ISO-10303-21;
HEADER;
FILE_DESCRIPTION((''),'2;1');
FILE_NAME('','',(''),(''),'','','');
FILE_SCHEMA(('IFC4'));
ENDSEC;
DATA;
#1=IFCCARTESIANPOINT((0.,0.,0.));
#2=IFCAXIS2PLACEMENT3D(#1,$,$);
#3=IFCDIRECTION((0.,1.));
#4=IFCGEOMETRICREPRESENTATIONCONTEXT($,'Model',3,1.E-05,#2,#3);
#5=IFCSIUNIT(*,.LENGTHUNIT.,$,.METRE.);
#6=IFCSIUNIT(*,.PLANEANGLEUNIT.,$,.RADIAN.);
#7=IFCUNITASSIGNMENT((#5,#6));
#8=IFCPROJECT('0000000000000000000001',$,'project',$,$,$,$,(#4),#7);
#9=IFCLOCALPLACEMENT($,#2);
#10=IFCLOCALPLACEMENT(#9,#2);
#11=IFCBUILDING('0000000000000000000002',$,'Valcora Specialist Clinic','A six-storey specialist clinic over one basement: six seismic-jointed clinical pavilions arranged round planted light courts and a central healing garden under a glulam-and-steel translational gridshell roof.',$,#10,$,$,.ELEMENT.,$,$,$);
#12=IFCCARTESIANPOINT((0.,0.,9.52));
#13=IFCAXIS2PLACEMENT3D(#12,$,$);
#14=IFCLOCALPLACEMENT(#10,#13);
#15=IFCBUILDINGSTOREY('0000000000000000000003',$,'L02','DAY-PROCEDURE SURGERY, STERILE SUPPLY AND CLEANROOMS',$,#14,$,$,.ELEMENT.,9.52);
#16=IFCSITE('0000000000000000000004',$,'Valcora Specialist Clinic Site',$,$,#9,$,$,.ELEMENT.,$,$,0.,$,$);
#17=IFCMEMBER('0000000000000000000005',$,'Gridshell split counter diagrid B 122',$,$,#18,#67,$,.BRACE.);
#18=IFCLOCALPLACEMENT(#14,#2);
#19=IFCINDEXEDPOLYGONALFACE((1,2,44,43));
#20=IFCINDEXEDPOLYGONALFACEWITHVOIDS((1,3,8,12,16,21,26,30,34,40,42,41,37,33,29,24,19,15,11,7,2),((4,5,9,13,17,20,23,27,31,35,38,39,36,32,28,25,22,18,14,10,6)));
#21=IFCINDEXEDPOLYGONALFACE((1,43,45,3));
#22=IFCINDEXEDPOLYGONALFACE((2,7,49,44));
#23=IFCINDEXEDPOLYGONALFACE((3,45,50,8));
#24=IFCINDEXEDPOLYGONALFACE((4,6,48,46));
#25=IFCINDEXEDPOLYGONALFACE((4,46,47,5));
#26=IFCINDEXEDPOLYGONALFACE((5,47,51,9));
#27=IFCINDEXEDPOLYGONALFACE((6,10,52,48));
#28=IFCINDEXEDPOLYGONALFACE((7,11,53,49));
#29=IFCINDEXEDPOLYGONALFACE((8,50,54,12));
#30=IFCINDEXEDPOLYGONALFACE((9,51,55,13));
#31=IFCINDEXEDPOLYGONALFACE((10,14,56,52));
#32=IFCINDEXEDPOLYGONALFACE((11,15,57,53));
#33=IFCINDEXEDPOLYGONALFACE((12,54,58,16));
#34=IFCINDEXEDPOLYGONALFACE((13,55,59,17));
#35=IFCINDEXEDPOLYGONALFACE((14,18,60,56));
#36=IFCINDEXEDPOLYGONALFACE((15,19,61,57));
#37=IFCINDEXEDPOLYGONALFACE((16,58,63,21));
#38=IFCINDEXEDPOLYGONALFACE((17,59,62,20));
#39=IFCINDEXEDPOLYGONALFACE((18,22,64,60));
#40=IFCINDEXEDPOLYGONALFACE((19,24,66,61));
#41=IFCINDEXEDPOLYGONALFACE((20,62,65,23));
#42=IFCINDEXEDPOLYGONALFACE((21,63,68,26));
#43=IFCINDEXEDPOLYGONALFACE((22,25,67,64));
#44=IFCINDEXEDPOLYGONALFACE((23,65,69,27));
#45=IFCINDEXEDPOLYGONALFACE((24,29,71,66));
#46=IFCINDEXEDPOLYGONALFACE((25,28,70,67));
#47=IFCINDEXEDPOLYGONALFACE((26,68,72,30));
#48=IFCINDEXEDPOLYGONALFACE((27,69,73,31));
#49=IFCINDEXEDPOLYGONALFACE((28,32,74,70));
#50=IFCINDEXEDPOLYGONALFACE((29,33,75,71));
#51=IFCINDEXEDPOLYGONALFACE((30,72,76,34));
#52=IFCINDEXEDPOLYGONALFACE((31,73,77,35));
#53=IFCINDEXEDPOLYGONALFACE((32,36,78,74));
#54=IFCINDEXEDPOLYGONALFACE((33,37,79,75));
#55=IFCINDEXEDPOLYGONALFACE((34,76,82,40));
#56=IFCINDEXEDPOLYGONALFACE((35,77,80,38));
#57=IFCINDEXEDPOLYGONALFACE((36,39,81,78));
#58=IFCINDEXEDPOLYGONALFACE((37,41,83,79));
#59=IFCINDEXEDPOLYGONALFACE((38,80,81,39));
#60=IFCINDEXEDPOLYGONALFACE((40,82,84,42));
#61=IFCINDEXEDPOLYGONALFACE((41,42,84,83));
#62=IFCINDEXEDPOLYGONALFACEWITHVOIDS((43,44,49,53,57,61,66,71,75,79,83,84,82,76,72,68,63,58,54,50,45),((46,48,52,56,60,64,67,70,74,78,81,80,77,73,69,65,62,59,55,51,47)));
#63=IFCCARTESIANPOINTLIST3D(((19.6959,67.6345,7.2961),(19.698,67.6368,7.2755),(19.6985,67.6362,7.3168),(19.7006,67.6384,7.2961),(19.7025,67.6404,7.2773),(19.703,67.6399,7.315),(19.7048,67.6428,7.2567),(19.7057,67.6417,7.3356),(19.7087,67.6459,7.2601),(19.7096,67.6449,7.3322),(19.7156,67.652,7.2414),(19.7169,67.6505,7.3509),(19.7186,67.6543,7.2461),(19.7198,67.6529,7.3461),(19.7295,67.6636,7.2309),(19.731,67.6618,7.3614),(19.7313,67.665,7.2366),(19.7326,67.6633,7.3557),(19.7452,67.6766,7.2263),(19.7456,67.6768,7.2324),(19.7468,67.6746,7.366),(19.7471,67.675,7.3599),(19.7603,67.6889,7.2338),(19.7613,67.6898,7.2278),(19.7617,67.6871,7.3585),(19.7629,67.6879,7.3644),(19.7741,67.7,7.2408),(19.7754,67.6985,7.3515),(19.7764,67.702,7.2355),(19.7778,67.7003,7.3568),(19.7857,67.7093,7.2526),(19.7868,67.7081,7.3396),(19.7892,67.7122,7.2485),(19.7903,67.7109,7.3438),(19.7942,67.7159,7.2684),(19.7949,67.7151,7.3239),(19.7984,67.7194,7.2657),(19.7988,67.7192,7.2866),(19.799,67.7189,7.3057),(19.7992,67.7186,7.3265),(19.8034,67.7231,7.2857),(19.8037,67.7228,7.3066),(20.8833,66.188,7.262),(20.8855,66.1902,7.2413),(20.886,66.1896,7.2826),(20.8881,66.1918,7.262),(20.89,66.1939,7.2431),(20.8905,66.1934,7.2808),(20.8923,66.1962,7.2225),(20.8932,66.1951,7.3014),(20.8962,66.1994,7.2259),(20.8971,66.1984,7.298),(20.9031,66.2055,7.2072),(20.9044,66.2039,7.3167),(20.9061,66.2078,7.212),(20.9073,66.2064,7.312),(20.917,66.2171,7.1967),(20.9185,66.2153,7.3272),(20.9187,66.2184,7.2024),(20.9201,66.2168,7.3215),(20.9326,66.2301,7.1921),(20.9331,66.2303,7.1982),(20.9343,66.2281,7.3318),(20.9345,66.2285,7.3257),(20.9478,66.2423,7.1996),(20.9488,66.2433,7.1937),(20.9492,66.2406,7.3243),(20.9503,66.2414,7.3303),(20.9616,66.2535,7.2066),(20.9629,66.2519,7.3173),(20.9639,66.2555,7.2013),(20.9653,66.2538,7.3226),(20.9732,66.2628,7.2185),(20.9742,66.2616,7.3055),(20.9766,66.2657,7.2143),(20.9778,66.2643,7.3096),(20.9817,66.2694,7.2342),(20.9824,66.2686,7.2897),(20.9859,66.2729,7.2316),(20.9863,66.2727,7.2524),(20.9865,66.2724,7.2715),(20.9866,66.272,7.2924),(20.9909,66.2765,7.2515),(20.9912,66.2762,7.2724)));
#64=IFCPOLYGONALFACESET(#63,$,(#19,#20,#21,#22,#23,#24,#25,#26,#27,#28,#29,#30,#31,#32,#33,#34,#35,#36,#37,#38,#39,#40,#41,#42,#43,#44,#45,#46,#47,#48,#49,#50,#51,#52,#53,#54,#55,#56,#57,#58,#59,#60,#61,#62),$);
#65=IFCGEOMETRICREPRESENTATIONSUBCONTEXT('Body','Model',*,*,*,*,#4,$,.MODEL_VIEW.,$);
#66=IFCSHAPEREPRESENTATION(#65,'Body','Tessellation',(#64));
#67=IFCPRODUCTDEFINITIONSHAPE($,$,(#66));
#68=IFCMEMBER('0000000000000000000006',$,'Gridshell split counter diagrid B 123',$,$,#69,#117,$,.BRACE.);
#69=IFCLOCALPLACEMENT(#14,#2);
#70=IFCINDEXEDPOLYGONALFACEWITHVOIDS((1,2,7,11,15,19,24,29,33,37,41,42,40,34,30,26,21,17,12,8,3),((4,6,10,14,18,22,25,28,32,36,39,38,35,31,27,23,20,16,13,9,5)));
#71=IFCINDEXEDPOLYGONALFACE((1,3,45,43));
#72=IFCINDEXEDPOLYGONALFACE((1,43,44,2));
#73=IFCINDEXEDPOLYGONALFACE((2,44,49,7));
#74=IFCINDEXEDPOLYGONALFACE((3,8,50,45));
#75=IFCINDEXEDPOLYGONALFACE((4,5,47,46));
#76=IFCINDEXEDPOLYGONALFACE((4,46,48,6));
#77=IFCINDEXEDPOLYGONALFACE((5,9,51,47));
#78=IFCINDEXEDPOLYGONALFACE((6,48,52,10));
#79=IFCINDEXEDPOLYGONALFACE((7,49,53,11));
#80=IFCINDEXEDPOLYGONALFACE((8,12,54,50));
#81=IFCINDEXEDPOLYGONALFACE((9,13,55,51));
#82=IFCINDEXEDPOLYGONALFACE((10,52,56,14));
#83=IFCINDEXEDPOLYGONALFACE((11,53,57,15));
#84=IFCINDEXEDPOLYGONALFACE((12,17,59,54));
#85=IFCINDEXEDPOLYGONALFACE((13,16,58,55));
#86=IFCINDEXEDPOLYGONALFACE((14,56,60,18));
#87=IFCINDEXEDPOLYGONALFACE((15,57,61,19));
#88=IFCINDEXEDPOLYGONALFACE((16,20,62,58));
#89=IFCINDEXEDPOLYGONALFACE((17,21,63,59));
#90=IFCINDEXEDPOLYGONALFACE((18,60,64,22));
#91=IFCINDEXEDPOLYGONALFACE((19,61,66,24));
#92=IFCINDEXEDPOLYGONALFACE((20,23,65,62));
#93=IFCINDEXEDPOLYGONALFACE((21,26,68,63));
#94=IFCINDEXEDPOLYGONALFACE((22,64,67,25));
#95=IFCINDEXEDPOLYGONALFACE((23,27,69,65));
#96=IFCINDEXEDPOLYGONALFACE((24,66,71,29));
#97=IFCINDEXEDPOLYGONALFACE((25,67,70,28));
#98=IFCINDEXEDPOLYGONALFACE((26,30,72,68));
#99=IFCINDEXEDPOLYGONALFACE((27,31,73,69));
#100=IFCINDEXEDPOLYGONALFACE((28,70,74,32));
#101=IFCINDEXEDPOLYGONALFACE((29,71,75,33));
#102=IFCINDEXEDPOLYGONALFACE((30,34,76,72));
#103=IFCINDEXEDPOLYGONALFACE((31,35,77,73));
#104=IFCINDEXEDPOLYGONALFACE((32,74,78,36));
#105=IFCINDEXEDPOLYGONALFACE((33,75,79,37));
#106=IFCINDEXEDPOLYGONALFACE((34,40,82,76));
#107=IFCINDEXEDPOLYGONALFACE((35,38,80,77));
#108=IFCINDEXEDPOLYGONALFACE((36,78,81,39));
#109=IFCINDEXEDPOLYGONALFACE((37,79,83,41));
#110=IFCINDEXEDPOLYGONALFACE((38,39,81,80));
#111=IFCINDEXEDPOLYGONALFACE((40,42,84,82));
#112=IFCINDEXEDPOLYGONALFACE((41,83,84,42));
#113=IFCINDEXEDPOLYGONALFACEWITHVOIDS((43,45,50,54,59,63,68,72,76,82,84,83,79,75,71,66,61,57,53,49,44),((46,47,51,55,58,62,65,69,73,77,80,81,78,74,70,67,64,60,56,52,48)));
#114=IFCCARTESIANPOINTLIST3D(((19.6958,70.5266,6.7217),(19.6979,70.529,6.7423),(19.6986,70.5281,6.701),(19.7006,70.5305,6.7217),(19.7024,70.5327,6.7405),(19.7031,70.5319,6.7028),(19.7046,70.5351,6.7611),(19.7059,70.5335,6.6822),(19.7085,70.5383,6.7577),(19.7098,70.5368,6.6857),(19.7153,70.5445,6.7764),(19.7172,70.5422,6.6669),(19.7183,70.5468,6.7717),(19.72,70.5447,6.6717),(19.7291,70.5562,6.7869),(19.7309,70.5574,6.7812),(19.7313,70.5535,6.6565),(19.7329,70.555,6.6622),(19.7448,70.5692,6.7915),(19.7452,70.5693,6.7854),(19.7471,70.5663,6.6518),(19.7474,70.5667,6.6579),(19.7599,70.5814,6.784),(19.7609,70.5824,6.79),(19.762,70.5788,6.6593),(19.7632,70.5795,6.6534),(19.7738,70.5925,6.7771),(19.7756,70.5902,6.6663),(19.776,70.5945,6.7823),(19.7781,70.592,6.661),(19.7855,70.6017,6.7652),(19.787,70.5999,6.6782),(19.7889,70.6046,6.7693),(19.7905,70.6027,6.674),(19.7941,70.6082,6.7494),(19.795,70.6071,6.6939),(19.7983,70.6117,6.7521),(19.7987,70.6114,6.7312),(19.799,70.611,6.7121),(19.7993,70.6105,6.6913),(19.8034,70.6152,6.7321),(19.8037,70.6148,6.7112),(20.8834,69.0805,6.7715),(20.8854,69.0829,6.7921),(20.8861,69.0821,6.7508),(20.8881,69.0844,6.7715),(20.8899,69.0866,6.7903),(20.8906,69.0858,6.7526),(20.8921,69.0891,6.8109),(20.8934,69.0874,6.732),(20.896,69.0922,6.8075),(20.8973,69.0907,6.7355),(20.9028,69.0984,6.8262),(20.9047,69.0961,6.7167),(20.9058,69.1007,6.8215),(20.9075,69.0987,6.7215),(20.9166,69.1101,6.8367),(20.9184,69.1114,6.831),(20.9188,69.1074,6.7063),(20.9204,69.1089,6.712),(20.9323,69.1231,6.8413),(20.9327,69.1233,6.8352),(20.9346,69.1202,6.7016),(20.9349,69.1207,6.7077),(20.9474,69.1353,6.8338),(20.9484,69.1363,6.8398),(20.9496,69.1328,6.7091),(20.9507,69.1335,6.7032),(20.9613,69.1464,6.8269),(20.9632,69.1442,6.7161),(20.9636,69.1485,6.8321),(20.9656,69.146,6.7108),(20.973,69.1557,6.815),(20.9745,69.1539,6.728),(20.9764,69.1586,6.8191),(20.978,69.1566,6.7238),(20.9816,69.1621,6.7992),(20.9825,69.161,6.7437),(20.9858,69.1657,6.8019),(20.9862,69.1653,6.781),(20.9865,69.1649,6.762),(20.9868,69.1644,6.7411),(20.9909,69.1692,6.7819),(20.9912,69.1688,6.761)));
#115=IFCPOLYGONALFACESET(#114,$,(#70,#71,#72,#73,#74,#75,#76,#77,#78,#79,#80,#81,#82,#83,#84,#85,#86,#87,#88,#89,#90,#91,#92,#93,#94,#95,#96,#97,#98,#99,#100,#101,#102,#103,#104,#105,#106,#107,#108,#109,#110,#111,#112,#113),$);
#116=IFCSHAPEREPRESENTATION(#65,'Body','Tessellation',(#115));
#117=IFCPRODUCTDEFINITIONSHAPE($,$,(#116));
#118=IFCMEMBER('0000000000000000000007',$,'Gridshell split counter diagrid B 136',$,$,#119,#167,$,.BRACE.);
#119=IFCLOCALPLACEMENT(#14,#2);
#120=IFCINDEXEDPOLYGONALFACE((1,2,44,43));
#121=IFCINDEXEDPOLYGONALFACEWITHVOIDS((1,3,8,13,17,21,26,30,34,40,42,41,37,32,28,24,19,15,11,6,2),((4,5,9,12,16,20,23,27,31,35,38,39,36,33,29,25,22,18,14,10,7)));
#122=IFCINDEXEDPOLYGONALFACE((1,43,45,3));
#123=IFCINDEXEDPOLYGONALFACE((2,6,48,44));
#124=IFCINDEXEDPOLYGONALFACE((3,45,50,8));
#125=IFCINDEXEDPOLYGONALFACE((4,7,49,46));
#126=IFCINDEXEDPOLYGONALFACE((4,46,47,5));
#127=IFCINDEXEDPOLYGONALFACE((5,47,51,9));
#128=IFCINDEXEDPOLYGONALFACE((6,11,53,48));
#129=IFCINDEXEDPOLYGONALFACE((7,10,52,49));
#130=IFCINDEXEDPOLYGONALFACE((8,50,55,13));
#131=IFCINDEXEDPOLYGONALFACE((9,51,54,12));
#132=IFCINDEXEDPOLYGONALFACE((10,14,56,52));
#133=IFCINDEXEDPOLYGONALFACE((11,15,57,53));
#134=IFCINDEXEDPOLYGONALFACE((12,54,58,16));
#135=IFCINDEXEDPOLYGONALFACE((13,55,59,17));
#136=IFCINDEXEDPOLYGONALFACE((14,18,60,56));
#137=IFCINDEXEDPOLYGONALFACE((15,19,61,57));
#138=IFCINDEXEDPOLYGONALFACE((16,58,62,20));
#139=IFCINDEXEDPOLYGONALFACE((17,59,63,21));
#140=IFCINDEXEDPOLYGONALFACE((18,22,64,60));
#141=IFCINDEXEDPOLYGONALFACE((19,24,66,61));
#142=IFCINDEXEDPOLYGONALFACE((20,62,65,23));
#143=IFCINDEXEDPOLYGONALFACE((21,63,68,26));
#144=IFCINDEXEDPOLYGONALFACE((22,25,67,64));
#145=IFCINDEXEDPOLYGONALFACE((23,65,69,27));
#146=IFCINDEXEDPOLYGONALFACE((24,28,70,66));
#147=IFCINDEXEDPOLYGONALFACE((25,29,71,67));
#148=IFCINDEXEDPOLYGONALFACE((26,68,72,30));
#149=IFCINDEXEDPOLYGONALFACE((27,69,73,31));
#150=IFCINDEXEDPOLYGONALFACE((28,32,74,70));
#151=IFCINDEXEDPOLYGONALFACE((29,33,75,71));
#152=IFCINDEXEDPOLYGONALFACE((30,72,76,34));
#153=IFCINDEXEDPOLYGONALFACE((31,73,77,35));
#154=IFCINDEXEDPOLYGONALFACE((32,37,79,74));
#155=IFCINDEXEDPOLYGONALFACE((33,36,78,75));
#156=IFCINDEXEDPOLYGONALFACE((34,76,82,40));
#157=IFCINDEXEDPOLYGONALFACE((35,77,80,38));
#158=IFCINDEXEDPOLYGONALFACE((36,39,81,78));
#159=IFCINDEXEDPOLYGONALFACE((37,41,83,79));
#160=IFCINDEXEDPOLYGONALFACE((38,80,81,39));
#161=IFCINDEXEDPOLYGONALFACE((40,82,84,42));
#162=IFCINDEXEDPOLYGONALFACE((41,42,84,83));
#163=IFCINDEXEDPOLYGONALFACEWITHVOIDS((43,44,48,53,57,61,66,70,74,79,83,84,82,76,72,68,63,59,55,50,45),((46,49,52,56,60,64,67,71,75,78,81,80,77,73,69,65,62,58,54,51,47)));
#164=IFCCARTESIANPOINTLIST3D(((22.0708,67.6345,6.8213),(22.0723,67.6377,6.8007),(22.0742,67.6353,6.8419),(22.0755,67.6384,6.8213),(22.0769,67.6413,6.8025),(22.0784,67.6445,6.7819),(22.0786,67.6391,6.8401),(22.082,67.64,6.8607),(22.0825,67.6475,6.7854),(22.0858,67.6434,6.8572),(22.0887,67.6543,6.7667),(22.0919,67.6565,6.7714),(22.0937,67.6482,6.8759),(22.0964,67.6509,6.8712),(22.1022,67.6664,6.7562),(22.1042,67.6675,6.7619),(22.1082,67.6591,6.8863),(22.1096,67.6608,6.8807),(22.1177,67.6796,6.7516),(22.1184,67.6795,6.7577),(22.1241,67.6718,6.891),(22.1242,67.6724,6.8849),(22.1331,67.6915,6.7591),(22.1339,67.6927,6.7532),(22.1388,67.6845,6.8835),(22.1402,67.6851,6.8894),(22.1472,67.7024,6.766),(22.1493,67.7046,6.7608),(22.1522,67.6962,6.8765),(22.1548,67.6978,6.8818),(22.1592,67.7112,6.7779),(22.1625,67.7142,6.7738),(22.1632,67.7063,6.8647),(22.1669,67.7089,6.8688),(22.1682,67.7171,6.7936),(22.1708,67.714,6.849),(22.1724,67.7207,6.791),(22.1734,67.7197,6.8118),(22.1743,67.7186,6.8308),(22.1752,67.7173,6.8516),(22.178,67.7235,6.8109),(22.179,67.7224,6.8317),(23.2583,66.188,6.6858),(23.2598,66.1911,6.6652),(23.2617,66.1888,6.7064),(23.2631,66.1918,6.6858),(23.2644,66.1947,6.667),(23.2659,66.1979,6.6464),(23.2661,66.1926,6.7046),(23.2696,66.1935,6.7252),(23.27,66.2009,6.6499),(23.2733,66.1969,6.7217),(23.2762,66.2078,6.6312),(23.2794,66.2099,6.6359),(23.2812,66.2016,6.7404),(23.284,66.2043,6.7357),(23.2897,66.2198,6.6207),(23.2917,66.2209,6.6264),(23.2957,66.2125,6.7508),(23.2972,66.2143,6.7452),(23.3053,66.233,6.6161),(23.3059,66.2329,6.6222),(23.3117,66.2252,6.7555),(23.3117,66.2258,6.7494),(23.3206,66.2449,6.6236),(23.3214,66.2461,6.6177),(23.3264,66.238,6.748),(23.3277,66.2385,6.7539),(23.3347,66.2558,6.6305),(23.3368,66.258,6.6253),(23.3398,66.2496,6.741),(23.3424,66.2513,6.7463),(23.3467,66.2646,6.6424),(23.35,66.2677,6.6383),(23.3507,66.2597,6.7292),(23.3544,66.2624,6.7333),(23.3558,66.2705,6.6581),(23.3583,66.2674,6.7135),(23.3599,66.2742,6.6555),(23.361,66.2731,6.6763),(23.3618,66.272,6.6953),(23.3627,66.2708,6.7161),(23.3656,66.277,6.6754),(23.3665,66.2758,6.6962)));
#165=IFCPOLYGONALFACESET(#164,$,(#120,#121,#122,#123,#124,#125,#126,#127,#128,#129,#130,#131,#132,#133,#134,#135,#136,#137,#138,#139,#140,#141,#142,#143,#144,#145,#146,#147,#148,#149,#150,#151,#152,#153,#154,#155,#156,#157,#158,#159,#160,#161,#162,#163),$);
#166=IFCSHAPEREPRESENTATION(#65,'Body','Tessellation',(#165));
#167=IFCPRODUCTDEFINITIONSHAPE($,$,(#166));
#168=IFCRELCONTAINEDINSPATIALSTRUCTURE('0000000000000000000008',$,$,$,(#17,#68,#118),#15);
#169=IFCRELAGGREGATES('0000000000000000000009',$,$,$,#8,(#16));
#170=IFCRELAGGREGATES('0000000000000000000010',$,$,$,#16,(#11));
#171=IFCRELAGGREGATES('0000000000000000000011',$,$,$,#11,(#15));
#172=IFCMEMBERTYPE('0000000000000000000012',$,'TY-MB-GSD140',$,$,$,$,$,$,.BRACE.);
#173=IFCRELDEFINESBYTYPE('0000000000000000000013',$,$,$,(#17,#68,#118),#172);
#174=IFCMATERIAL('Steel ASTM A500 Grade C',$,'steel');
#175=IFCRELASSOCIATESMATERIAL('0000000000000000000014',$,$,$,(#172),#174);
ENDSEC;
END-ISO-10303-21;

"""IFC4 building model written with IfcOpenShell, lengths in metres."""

from ifc_helpers import new_model, si_unit, direction, frame, origin, origin_2d, place, context, subcontext, project, spatial, hollow_circle, extrude, material, material_profile, profile_set, type_object, element, save


model = new_model("IFC4")

# Units and contexts
model_context = context("Model", 3, precision=1e-05, world=origin(), true_north=direction((0.0, 1.0)))
body_context = subcontext(model_context, "Body", "Model", "MODEL_VIEW")
ifc_project = project(units=[si_unit("LENGTHUNIT", "METRE"), si_unit("PLANEANGLEUNIT", "RADIAN")], contexts=[model_context])

# Site, building, storey
site_placement = place(None, origin())
site = spatial("IfcSite", under=ifc_project, at=site_placement, Name="Valcora Specialist Clinic Site", CompositionType="ELEMENT", RefElevation=0.0)
building_placement = place(site_placement, origin())
building = spatial("IfcBuilding", under=site, at=building_placement, Name="Valcora Specialist Clinic", Description="A six-storey specialist clinic over one basement: six seismic-jointed clinical pavilions arranged round planted light courts and a central healing garden under a glulam-and-steel translational gridshell roof.", CompositionType="ELEMENT")
storey_placement = place(building_placement, frame((0.0, 0.0, 9.52)))
storey = spatial("IfcBuildingStorey", under=building, at=storey_placement, Name="L02", Description="DAY-PROCEDURE SURGERY, STERILE SUPPLY AND CLEANROOMS", CompositionType="ELEMENT", Elevation=9.52)

# Members
ifc_material_1 = material(Name="Steel ASTM A500 Grade C", Category="steel")
ifc_material_profile_1 = material_profile(ifc_material_1, hollow_circle(Radius=0.0701, WallThickness=0.0061, at=origin_2d()), Name="ST-CHS-140X6")
ifc_profile_set_1 = profile_set([ifc_material_profile_1], Name="Steel ASTM A500 Grade C")
member_type_1 = type_object("IfcMemberType", Name="TY-MB-GSD140", PredefinedType="BRACE", material=ifc_profile_set_1)
for number, where, z_axis, x_axis, name in (
    (1, (20.9375, 66.2324, 7.262), (-0.634403, 0.772787, 0.01826), (-0.772916, -0.634508, 0.0), "Gridshell split counter diagrid B 122"),
    (2, (20.9375, 69.125, 6.7715), (-0.634412, 0.772537, -0.026608), (-0.772811, -0.634636, 0.0), "Gridshell split counter diagrid B 123"),
):
    element("IfcMember", number, at=place(storey_placement, frame(where, z_axis=z_axis, x_axis=x_axis)), inside=storey, type_object=member_type_1, Name=name, PredefinedType="BRACE", context=body_context, shape_type="SweptSolid", body=[
        extrude(hollow_circle(Radius=0.0701, WallThickness=0.0061, at=origin_2d()), origin(), (0.0, 0.0, 1.0), 1.8718),
    ])
member_1_placement = place(storey_placement, frame((23.3125, 66.2324, 6.6858), z_axis=(-0.632852, 0.770898, 0.072211), x_axis=(-0.772916, -0.634508, 0.0)))
element("IfcMember", 3, at=member_1_placement, inside=storey, type_object=member_type_1, Name="Gridshell split counter diagrid B 136", PredefinedType="BRACE", context=body_context, shape_type="SweptSolid", body=[
    extrude(hollow_circle(Radius=0.0701, WallThickness=0.0061, at=origin_2d()), origin(), (0.0, 0.0, 1.0), 1.8765),
])

save(model, "model.ifc")
